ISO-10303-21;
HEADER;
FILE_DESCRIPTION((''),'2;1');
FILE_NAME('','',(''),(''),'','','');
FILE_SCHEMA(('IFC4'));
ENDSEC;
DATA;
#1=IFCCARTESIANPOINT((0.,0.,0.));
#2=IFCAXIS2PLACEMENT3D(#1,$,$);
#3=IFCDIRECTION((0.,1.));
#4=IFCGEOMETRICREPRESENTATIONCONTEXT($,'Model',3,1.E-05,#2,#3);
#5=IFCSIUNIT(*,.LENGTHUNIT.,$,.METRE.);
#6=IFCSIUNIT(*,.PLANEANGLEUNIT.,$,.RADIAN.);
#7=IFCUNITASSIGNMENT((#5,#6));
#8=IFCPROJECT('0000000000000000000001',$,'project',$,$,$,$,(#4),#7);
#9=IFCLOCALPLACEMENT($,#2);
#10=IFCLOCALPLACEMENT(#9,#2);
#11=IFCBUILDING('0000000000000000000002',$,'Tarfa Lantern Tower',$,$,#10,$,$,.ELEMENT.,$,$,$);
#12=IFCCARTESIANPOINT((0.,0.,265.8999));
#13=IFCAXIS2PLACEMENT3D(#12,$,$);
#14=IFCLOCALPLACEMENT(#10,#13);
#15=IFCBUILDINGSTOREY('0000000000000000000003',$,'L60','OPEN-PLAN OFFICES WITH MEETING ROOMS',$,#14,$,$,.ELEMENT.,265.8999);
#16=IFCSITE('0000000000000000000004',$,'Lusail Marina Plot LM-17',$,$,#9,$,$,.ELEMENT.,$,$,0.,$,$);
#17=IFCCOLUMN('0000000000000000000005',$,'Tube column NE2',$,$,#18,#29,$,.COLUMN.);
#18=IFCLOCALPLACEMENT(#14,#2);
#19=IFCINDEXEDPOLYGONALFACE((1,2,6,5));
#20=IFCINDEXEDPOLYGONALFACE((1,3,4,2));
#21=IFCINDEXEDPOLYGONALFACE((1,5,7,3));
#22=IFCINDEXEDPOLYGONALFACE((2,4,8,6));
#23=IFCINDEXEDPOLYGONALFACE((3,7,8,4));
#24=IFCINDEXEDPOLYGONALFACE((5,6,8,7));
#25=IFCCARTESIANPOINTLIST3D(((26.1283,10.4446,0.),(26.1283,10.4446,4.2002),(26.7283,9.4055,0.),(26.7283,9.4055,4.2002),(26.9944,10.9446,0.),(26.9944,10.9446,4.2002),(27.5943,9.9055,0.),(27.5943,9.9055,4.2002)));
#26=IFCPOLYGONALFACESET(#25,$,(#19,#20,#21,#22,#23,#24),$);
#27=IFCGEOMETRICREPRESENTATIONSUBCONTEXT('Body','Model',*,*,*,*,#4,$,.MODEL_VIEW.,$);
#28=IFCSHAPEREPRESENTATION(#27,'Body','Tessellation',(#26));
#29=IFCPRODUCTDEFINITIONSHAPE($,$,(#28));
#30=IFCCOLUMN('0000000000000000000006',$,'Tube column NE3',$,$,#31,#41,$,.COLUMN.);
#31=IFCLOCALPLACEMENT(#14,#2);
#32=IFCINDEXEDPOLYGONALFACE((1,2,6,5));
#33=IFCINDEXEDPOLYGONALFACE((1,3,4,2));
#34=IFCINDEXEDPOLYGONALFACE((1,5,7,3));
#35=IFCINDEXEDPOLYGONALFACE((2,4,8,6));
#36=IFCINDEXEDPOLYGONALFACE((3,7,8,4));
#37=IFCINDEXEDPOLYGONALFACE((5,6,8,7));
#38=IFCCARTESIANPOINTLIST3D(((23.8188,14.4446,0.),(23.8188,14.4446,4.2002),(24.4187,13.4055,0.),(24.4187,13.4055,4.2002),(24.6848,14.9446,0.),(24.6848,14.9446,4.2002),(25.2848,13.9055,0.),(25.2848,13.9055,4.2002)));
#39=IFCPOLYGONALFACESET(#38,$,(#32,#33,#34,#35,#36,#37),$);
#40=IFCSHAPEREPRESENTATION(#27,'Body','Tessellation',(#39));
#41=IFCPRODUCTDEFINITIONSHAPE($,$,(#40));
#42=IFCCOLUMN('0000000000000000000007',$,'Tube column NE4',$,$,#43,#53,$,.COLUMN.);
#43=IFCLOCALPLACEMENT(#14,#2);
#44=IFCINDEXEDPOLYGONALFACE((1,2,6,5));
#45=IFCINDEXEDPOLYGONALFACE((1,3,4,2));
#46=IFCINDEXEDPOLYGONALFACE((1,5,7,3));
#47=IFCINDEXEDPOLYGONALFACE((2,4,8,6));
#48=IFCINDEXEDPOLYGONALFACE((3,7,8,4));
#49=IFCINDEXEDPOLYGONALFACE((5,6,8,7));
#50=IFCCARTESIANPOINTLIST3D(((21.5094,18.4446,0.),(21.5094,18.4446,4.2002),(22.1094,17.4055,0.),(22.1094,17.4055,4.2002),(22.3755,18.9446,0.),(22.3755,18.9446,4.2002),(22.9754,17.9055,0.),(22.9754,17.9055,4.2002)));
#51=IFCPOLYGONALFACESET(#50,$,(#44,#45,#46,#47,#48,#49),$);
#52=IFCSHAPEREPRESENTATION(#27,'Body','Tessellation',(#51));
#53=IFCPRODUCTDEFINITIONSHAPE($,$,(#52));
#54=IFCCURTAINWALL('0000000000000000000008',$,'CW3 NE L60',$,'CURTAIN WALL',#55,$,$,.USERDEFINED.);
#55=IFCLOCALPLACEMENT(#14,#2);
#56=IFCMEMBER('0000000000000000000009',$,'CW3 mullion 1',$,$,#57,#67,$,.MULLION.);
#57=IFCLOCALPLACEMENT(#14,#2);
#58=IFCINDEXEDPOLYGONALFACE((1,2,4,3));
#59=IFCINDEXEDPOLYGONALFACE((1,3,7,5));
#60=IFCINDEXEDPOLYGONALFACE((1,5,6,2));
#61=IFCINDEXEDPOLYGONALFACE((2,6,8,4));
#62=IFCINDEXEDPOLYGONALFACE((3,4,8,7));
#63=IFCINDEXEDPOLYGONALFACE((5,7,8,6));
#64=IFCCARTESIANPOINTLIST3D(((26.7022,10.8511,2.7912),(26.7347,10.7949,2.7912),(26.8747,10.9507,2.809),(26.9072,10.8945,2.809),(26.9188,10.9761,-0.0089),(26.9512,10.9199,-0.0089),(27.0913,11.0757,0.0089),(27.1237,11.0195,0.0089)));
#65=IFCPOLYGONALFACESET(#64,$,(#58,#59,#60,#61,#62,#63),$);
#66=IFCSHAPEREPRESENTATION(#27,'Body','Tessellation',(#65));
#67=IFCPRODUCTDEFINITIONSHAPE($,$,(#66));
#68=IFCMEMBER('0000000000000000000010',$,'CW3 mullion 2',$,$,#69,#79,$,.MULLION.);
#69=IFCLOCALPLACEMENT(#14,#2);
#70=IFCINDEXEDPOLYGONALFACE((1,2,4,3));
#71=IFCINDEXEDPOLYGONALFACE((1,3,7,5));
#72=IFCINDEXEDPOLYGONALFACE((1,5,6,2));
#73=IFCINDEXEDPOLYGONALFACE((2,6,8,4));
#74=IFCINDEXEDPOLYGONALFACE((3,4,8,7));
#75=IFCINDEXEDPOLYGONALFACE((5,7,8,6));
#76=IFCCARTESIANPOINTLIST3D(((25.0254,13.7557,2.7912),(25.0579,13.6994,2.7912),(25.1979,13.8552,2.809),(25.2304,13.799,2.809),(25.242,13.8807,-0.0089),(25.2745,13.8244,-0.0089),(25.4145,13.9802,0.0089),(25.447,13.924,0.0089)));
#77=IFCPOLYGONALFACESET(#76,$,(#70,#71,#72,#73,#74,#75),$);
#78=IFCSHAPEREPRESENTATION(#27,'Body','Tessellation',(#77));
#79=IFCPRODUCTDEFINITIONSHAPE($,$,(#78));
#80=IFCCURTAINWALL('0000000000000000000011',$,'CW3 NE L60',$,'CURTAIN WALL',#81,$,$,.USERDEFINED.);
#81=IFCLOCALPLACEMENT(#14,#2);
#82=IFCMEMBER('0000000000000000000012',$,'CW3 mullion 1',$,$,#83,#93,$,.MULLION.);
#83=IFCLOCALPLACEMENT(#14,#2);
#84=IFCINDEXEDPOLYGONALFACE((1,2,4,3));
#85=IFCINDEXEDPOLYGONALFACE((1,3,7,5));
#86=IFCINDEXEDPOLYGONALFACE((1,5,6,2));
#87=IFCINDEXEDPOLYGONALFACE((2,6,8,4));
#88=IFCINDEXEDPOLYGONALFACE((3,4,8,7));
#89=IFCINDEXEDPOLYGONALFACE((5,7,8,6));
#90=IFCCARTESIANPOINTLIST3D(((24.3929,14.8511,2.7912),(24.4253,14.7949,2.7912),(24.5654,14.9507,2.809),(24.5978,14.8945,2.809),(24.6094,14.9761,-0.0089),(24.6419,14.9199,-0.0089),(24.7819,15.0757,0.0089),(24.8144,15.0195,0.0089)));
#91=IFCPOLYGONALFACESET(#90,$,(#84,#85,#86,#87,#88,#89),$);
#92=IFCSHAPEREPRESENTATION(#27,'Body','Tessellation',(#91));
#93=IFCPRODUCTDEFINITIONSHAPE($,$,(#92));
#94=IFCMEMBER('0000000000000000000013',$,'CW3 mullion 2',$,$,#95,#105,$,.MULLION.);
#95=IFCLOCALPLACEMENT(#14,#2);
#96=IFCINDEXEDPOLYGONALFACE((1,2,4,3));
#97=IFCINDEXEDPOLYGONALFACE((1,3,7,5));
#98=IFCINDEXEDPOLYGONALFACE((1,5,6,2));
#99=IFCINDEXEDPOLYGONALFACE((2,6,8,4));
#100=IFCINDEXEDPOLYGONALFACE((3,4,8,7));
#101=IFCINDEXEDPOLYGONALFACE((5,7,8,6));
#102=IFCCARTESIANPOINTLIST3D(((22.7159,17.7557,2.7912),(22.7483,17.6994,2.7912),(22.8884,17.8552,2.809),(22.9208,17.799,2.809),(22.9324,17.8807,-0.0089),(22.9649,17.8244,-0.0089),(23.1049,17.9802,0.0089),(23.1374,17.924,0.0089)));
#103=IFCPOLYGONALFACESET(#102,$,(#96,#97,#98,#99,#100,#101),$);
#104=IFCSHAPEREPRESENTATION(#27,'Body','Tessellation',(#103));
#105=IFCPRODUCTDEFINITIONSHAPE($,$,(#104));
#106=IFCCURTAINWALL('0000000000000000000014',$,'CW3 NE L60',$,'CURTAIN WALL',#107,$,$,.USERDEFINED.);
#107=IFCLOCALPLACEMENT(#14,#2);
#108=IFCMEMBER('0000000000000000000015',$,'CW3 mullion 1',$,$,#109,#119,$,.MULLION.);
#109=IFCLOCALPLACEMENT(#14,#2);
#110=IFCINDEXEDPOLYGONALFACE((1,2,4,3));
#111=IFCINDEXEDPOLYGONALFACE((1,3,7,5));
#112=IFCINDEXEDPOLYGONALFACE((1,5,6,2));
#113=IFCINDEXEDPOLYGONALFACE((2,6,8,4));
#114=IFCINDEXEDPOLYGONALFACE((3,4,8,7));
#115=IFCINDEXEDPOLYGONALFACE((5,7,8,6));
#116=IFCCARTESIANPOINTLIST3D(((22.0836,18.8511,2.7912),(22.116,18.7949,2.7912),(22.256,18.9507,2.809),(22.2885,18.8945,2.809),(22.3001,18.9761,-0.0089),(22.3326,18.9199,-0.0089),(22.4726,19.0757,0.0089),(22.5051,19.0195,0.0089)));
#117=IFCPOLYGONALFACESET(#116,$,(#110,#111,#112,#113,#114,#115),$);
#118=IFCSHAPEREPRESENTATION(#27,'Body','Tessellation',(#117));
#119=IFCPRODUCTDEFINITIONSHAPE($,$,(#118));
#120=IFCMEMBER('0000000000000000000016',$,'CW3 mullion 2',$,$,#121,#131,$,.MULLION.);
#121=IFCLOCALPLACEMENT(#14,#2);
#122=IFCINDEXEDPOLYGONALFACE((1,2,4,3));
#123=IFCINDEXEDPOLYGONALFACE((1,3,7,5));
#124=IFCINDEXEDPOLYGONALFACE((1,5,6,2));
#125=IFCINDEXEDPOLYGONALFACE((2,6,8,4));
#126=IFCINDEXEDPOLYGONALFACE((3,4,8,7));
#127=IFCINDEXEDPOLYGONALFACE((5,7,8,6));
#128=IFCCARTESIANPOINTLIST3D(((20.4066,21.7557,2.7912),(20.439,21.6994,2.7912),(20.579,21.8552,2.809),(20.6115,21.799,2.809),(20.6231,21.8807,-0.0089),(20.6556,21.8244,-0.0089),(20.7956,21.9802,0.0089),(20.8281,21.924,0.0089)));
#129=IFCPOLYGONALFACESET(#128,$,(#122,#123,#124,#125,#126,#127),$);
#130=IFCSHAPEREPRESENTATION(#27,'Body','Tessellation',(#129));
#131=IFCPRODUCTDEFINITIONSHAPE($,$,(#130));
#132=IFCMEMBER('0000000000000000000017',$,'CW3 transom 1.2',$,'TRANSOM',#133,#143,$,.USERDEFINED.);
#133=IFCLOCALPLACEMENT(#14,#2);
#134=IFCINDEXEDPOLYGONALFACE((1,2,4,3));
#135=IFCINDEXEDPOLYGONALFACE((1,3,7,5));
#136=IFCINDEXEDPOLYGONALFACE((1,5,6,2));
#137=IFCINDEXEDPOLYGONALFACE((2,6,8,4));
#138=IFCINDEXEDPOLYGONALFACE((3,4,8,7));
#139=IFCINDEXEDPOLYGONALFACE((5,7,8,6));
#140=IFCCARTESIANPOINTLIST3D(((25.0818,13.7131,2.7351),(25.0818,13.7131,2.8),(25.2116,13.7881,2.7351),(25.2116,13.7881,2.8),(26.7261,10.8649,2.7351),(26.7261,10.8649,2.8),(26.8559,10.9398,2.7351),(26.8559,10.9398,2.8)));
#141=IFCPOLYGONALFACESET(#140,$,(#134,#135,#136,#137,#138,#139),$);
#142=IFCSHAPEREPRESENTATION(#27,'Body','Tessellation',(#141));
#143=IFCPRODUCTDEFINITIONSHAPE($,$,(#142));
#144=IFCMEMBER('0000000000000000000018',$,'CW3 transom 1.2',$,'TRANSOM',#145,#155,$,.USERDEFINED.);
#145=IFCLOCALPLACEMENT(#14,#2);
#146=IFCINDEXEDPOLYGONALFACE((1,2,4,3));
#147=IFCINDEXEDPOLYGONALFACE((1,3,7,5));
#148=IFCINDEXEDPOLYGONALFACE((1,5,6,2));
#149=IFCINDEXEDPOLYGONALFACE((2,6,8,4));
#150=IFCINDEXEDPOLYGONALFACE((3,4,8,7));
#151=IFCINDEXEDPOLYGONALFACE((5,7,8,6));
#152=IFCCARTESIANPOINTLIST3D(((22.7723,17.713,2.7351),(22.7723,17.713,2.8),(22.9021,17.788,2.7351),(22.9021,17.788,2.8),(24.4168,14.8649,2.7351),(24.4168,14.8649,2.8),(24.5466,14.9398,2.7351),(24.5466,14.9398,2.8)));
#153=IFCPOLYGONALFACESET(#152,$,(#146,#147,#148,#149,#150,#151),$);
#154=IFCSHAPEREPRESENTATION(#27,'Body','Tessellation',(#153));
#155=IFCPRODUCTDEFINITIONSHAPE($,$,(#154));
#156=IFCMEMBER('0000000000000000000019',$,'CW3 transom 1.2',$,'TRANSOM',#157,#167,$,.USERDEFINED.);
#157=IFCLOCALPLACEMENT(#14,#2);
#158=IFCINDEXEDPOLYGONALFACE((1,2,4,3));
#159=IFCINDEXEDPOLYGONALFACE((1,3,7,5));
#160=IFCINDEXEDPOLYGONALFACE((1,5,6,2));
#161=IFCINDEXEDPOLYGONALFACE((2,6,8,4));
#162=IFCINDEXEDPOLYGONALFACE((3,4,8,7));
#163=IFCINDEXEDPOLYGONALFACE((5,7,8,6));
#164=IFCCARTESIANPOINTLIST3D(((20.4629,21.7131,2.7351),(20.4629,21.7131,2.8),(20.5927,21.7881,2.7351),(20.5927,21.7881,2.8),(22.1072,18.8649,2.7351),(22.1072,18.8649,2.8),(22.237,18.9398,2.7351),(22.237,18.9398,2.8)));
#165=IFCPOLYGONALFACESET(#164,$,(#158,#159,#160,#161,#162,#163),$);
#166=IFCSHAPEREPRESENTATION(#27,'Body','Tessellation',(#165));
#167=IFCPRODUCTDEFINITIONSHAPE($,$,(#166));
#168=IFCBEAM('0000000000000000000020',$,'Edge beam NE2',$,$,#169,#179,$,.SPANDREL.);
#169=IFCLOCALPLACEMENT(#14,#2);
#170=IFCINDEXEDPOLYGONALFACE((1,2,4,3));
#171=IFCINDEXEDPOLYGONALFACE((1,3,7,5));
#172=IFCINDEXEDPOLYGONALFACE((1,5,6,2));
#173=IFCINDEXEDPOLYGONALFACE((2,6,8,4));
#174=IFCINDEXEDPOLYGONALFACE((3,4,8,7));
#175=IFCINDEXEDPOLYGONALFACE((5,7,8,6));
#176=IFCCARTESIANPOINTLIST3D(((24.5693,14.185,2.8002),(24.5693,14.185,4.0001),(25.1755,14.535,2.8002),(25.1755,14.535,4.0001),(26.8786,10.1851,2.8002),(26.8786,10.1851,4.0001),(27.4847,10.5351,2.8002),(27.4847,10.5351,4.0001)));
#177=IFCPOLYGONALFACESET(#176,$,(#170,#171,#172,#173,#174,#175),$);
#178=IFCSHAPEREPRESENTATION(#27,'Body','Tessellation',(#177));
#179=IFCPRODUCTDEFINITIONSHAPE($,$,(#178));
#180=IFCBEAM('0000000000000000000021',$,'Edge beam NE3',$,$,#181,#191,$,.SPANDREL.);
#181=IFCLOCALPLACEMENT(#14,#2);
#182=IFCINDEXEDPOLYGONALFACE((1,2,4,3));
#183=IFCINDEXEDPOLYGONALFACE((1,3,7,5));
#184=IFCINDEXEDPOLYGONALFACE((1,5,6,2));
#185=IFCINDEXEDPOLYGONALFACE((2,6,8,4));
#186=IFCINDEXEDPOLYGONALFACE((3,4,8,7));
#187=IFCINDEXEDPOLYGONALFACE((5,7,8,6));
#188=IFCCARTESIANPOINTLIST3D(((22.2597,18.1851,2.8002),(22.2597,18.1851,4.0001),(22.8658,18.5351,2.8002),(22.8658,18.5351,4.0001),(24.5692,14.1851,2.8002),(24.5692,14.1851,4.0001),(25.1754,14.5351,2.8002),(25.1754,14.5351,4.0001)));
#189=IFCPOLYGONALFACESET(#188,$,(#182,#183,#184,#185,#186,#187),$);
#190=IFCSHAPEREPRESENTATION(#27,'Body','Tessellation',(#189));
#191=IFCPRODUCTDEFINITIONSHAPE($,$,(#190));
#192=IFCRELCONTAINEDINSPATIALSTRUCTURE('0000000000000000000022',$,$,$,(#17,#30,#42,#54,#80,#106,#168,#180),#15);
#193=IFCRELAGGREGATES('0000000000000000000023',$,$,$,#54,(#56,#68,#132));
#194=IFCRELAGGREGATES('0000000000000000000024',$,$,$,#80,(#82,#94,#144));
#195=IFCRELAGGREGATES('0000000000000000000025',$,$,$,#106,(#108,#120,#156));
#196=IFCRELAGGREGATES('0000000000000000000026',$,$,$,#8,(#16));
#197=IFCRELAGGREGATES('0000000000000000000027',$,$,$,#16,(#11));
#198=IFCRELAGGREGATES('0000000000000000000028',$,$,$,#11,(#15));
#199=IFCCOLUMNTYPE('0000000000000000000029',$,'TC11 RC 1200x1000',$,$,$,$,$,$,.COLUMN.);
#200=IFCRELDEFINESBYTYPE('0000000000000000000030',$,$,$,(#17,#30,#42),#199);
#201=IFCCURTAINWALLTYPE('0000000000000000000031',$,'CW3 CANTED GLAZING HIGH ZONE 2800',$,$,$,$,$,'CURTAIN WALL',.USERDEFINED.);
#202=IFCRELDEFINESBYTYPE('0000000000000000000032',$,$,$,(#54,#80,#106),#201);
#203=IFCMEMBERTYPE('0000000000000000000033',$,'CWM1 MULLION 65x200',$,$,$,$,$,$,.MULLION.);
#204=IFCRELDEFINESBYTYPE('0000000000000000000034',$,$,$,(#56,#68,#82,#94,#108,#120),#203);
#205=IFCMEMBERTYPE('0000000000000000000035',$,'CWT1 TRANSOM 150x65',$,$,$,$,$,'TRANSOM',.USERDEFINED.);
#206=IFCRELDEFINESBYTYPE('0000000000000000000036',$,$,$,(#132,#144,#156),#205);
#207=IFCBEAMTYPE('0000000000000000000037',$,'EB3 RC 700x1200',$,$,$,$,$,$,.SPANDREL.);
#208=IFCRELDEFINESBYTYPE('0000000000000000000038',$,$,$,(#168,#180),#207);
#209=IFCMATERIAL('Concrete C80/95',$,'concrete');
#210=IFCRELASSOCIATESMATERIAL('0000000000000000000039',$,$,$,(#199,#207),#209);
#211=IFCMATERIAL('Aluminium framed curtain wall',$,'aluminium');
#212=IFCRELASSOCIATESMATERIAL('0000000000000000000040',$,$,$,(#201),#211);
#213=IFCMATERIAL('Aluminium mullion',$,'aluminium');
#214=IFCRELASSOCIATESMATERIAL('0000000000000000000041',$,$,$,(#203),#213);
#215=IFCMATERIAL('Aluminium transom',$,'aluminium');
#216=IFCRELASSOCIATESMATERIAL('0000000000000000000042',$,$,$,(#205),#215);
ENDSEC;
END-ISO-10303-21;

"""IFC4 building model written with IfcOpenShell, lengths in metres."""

from ifc_helpers import new_model, si_unit, direction, frame, origin, origin_2d, place, context, subcontext, project, spatial, rectangle, extrude, material, material_profile, profile_set, type_object, element, aggregate, save


model = new_model("IFC4")

# Units and contexts
model_context = context("Model", 3, precision=1e-05, world=origin(), true_north=direction((0.0, 1.0)))
body_context = subcontext(model_context, "Body", "Model", "MODEL_VIEW")
ifc_project = project(units=[si_unit("LENGTHUNIT", "METRE"), si_unit("PLANEANGLEUNIT", "RADIAN")], contexts=[model_context])

# Site, building, storey
site_placement = place(None, origin())
site = spatial("IfcSite", under=ifc_project, at=site_placement, Name="Lusail Marina Plot LM-17", CompositionType="ELEMENT", RefElevation=0.0)
building_placement = place(site_placement, origin())
building = spatial("IfcBuilding", under=site, at=building_placement, Name="Tarfa Lantern Tower", CompositionType="ELEMENT")
storey_placement = place(building_placement, frame((0.0, 0.0, 265.8999)))
storey = spatial("IfcBuildingStorey", under=building, at=storey_placement, Name="L60", Description="OPEN-PLAN OFFICES WITH MEETING ROOMS", CompositionType="ELEMENT", Elevation=265.8999)

# Columns
ifc_material_1 = material(Name="Concrete C80/95", Category="concrete")
ifc_material_profile_1 = material_profile(ifc_material_1, rectangle(XDim=1.2, YDim=1.0, at=origin_2d()), Name="RC 1200x1000")
ifc_profile_set_1 = profile_set([ifc_material_profile_1], Name="Concrete C80/95")
column_type = type_object("IfcColumnType", Name="TC11 RC 1200x1000", PredefinedType="COLUMN", material=ifc_profile_set_1)
for number, where, z_axis, x_axis, name in (
    (1, (26.8613, 10.175, 0.0), (0.0, 0.0, 1.0), (-0.5, 0.866025, 0.0), "Tube column NE2"),
    (2, (24.5518, 14.175, 0.0), (0.0, 0.0, 1.0), (-0.5, 0.866025, 0.0), "Tube column NE3"),
    (3, (22.2424, 18.175, 0.0), (0.0, 0.0, 1.0), (-0.5, 0.866025, 0.0), "Tube column NE4"),
):
    element("IfcColumn", number, at=place(storey_placement, frame(where, z_axis=z_axis, x_axis=x_axis)), inside=storey, type_object=column_type, Name=name, PredefinedType="COLUMN", context=body_context, shape_type="SweptSolid", body=[
        extrude(rectangle(XDim=1.2, YDim=1.0, at=origin_2d()), origin(), (0.0, 0.0, 1.0), 4.2002),
    ])

# Curtain walls, members
ifc_material_2 = material(Name="Aluminium framed curtain wall", Category="aluminium")
curtain_wall_type = type_object("IfcCurtainWallType", Name="CW3 CANTED GLAZING HIGH ZONE 2800", ElementType="CURTAIN WALL", PredefinedType="USERDEFINED", material=ifc_material_2)
curtain_wall_1_placement = place(storey_placement, origin())
curtain_wall_1 = element("IfcCurtainWall", 4, at=curtain_wall_1_placement, inside=storey, type_object=curtain_wall_type, Name="CW3 NE L60", ObjectType="CURTAIN WALL", PredefinedType="USERDEFINED")
ifc_material_3 = material(Name="Aluminium mullion", Category="aluminium")
ifc_material_profile_2 = material_profile(ifc_material_3, rectangle(XDim=0.0649, YDim=0.2, at=origin_2d()), Name="AL MULLION 65x200")
ifc_profile_set_2 = profile_set([ifc_material_profile_2], Name="Aluminium mullion")
member_type_1 = type_object("IfcMemberType", Name="CWM1 MULLION 65x200", PredefinedType="MULLION", material=ifc_profile_set_2)
member_1_placement = place(storey_placement, frame((27.0212, 10.9978, 0.0), z_axis=(-0.077032, -0.044465, 0.996037), x_axis=(0.49992, -0.866072, 0.0)))
member_1 = element("IfcMember", 5, at=member_1_placement, type_object=member_type_1, Name="CW3 mullion 1", PredefinedType="MULLION", context=body_context, shape_type="SweptSolid", body=[
    extrude(rectangle(XDim=0.0649, YDim=0.2, at=origin_2d()), origin(), (0.0, 0.0, 1.0), 2.8113),
])
member_2_placement = place(storey_placement, frame((25.3445, 13.9023, 0.0), z_axis=(-0.077032, -0.044465, 0.996037), x_axis=(0.49992, -0.866072, 0.0)))
member_2 = element("IfcMember", 6, at=member_2_placement, type_object=member_type_1, Name="CW3 mullion 2", PredefinedType="MULLION", context=body_context, shape_type="SweptSolid", body=[
    extrude(rectangle(XDim=0.0649, YDim=0.2, at=origin_2d()), origin(), (0.0, 0.0, 1.0), 2.8113),
])
curtain_wall_2_placement = place(storey_placement, origin())
curtain_wall_2 = element("IfcCurtainWall", 7, at=curtain_wall_2_placement, inside=storey, type_object=curtain_wall_type, Name="CW3 NE L60", ObjectType="CURTAIN WALL", PredefinedType="USERDEFINED")
member_3_placement = place(storey_placement, frame((24.7119, 14.9978, 0.0), z_axis=(-0.077032, -0.044465, 0.996037), x_axis=(0.49992, -0.866072, 0.0)))
member_3 = element("IfcMember", 8, at=member_3_placement, type_object=member_type_1, Name="CW3 mullion 1", PredefinedType="MULLION", context=body_context, shape_type="SweptSolid", body=[
    extrude(rectangle(XDim=0.0649, YDim=0.2, at=origin_2d()), origin(), (0.0, 0.0, 1.0), 2.8113),
])
member_4_placement = place(storey_placement, frame((23.0349, 17.9023, 0.0), z_axis=(-0.077032, -0.044465, 0.996037), x_axis=(0.49992, -0.866072, 0.0)))
member_4 = element("IfcMember", 9, at=member_4_placement, type_object=member_type_1, Name="CW3 mullion 2", PredefinedType="MULLION", context=body_context, shape_type="SweptSolid", body=[
    extrude(rectangle(XDim=0.0649, YDim=0.2, at=origin_2d()), origin(), (0.0, 0.0, 1.0), 2.8113),
])
curtain_wall_3_placement = place(storey_placement, origin())
curtain_wall_3 = element("IfcCurtainWall", 10, at=curtain_wall_3_placement, inside=storey, type_object=curtain_wall_type, Name="CW3 NE L60", ObjectType="CURTAIN WALL", PredefinedType="USERDEFINED")
member_5_placement = place(storey_placement, frame((22.4026, 18.9978, 0.0), z_axis=(-0.077032, -0.044465, 0.996037), x_axis=(0.49992, -0.866072, 0.0)))
member_5 = element("IfcMember", 11, at=member_5_placement, type_object=member_type_1, Name="CW3 mullion 1", PredefinedType="MULLION", context=body_context, shape_type="SweptSolid", body=[
    extrude(rectangle(XDim=0.0649, YDim=0.2, at=origin_2d()), origin(), (0.0, 0.0, 1.0), 2.8113),
])
member_6_placement = place(storey_placement, frame((20.7256, 21.9023, 0.0), z_axis=(-0.077032, -0.044465, 0.996037), x_axis=(0.49992, -0.866072, 0.0)))
member_6 = element("IfcMember", 12, at=member_6_placement, type_object=member_type_1, Name="CW3 mullion 2", PredefinedType="MULLION", context=body_context, shape_type="SweptSolid", body=[
    extrude(rectangle(XDim=0.0649, YDim=0.2, at=origin_2d()), origin(), (0.0, 0.0, 1.0), 2.8113),
])

# Members
ifc_material_4 = material(Name="Aluminium transom", Category="aluminium")
ifc_material_profile_3 = material_profile(ifc_material_4, rectangle(XDim=0.1499, YDim=0.0649, at=origin_2d()), Name="AL TRANSOM 150x65")
ifc_profile_set_3 = profile_set([ifc_material_profile_3], Name="Aluminium transom")
member_type_2 = type_object("IfcMemberType", Name="CWT1 TRANSOM 150x65", ElementType="TRANSOM", PredefinedType="USERDEFINED", material=ifc_profile_set_3)
member_7_placement = place(storey_placement, frame((26.791, 10.9023, 2.7676), z_axis=(-0.499979, 0.866037, 0.0), x_axis=(-0.866037, -0.499979, 0.0)))
member_7 = element("IfcMember", 13, at=member_7_placement, type_object=member_type_2, Name="CW3 transom 1.2", ObjectType="TRANSOM", PredefinedType="USERDEFINED", context=body_context, shape_type="SweptSolid", body=[
    extrude(rectangle(XDim=0.1499, YDim=0.0649, at=origin_2d()), origin(), (0.0, 0.0, 1.0), 3.2888),
])
member_8_placement = place(storey_placement, frame((24.4817, 14.9023, 2.7676), z_axis=(-0.500035, 0.866005, 0.0), x_axis=(-0.866005, -0.500035, 0.0)))
member_8 = element("IfcMember", 14, at=member_8_placement, type_object=member_type_2, Name="CW3 transom 1.2", ObjectType="TRANSOM", PredefinedType="USERDEFINED", context=body_context, shape_type="SweptSolid", body=[
    extrude(rectangle(XDim=0.1499, YDim=0.0649, at=origin_2d()), origin(), (0.0, 0.0, 1.0), 3.2888),
])
member_9_placement = place(storey_placement, frame((22.1721, 18.9023, 2.7676), z_axis=(-0.499979, 0.866037, 0.0), x_axis=(-0.866037, -0.499979, 0.0)))
member_9 = element("IfcMember", 15, at=member_9_placement, type_object=member_type_2, Name="CW3 transom 1.2", ObjectType="TRANSOM", PredefinedType="USERDEFINED", context=body_context, shape_type="SweptSolid", body=[
    extrude(rectangle(XDim=0.1499, YDim=0.0649, at=origin_2d()), origin(), (0.0, 0.0, 1.0), 3.2888),
])

# Beams
ifc_material_profile_4 = material_profile(ifc_material_1, rectangle(XDim=0.7, YDim=1.2, at=origin_2d()), Name="RC 700x1200")
ifc_profile_set_4 = profile_set([ifc_material_profile_4], Name="Concrete C80/95")
beam_type_1 = type_object("IfcBeamType", Name="EB3 RC 700x1200", PredefinedType="SPANDREL", material=ifc_profile_set_4)
beam_1_placement = place(storey_placement, frame((27.1816, 10.3601, 3.4001), z_axis=(-0.499988, 0.866032, 0.0), x_axis=(-0.866032, -0.499988, 0.0)))
element("IfcBeam", 16, at=beam_1_placement, inside=storey, type_object=beam_type_1, Name="Edge beam NE2", PredefinedType="SPANDREL", context=body_context, shape_type="SweptSolid", body=[
    extrude(rectangle(XDim=0.7, YDim=1.2, at=origin_2d()), origin(), (0.0, 0.0, 1.0), 4.6187),
])
beam_2_placement = place(storey_placement, frame((24.8723, 14.3601, 3.4001), z_axis=(-0.500027, 0.86601, 0.0), x_axis=(-0.86601, -0.500027, 0.0)))
element("IfcBeam", 17, at=beam_2_placement, inside=storey, type_object=beam_type_1, Name="Edge beam NE3", PredefinedType="SPANDREL", context=body_context, shape_type="SweptSolid", body=[
    extrude(rectangle(XDim=0.7, YDim=1.2, at=origin_2d()), origin(), (0.0, 0.0, 1.0), 4.6189),
])

aggregate(curtain_wall_1, [member_1, member_2, member_7])
aggregate(curtain_wall_2, [member_3, member_4, member_8])
aggregate(curtain_wall_3, [member_5, member_6, member_9])

save(model, "model.ifc")
